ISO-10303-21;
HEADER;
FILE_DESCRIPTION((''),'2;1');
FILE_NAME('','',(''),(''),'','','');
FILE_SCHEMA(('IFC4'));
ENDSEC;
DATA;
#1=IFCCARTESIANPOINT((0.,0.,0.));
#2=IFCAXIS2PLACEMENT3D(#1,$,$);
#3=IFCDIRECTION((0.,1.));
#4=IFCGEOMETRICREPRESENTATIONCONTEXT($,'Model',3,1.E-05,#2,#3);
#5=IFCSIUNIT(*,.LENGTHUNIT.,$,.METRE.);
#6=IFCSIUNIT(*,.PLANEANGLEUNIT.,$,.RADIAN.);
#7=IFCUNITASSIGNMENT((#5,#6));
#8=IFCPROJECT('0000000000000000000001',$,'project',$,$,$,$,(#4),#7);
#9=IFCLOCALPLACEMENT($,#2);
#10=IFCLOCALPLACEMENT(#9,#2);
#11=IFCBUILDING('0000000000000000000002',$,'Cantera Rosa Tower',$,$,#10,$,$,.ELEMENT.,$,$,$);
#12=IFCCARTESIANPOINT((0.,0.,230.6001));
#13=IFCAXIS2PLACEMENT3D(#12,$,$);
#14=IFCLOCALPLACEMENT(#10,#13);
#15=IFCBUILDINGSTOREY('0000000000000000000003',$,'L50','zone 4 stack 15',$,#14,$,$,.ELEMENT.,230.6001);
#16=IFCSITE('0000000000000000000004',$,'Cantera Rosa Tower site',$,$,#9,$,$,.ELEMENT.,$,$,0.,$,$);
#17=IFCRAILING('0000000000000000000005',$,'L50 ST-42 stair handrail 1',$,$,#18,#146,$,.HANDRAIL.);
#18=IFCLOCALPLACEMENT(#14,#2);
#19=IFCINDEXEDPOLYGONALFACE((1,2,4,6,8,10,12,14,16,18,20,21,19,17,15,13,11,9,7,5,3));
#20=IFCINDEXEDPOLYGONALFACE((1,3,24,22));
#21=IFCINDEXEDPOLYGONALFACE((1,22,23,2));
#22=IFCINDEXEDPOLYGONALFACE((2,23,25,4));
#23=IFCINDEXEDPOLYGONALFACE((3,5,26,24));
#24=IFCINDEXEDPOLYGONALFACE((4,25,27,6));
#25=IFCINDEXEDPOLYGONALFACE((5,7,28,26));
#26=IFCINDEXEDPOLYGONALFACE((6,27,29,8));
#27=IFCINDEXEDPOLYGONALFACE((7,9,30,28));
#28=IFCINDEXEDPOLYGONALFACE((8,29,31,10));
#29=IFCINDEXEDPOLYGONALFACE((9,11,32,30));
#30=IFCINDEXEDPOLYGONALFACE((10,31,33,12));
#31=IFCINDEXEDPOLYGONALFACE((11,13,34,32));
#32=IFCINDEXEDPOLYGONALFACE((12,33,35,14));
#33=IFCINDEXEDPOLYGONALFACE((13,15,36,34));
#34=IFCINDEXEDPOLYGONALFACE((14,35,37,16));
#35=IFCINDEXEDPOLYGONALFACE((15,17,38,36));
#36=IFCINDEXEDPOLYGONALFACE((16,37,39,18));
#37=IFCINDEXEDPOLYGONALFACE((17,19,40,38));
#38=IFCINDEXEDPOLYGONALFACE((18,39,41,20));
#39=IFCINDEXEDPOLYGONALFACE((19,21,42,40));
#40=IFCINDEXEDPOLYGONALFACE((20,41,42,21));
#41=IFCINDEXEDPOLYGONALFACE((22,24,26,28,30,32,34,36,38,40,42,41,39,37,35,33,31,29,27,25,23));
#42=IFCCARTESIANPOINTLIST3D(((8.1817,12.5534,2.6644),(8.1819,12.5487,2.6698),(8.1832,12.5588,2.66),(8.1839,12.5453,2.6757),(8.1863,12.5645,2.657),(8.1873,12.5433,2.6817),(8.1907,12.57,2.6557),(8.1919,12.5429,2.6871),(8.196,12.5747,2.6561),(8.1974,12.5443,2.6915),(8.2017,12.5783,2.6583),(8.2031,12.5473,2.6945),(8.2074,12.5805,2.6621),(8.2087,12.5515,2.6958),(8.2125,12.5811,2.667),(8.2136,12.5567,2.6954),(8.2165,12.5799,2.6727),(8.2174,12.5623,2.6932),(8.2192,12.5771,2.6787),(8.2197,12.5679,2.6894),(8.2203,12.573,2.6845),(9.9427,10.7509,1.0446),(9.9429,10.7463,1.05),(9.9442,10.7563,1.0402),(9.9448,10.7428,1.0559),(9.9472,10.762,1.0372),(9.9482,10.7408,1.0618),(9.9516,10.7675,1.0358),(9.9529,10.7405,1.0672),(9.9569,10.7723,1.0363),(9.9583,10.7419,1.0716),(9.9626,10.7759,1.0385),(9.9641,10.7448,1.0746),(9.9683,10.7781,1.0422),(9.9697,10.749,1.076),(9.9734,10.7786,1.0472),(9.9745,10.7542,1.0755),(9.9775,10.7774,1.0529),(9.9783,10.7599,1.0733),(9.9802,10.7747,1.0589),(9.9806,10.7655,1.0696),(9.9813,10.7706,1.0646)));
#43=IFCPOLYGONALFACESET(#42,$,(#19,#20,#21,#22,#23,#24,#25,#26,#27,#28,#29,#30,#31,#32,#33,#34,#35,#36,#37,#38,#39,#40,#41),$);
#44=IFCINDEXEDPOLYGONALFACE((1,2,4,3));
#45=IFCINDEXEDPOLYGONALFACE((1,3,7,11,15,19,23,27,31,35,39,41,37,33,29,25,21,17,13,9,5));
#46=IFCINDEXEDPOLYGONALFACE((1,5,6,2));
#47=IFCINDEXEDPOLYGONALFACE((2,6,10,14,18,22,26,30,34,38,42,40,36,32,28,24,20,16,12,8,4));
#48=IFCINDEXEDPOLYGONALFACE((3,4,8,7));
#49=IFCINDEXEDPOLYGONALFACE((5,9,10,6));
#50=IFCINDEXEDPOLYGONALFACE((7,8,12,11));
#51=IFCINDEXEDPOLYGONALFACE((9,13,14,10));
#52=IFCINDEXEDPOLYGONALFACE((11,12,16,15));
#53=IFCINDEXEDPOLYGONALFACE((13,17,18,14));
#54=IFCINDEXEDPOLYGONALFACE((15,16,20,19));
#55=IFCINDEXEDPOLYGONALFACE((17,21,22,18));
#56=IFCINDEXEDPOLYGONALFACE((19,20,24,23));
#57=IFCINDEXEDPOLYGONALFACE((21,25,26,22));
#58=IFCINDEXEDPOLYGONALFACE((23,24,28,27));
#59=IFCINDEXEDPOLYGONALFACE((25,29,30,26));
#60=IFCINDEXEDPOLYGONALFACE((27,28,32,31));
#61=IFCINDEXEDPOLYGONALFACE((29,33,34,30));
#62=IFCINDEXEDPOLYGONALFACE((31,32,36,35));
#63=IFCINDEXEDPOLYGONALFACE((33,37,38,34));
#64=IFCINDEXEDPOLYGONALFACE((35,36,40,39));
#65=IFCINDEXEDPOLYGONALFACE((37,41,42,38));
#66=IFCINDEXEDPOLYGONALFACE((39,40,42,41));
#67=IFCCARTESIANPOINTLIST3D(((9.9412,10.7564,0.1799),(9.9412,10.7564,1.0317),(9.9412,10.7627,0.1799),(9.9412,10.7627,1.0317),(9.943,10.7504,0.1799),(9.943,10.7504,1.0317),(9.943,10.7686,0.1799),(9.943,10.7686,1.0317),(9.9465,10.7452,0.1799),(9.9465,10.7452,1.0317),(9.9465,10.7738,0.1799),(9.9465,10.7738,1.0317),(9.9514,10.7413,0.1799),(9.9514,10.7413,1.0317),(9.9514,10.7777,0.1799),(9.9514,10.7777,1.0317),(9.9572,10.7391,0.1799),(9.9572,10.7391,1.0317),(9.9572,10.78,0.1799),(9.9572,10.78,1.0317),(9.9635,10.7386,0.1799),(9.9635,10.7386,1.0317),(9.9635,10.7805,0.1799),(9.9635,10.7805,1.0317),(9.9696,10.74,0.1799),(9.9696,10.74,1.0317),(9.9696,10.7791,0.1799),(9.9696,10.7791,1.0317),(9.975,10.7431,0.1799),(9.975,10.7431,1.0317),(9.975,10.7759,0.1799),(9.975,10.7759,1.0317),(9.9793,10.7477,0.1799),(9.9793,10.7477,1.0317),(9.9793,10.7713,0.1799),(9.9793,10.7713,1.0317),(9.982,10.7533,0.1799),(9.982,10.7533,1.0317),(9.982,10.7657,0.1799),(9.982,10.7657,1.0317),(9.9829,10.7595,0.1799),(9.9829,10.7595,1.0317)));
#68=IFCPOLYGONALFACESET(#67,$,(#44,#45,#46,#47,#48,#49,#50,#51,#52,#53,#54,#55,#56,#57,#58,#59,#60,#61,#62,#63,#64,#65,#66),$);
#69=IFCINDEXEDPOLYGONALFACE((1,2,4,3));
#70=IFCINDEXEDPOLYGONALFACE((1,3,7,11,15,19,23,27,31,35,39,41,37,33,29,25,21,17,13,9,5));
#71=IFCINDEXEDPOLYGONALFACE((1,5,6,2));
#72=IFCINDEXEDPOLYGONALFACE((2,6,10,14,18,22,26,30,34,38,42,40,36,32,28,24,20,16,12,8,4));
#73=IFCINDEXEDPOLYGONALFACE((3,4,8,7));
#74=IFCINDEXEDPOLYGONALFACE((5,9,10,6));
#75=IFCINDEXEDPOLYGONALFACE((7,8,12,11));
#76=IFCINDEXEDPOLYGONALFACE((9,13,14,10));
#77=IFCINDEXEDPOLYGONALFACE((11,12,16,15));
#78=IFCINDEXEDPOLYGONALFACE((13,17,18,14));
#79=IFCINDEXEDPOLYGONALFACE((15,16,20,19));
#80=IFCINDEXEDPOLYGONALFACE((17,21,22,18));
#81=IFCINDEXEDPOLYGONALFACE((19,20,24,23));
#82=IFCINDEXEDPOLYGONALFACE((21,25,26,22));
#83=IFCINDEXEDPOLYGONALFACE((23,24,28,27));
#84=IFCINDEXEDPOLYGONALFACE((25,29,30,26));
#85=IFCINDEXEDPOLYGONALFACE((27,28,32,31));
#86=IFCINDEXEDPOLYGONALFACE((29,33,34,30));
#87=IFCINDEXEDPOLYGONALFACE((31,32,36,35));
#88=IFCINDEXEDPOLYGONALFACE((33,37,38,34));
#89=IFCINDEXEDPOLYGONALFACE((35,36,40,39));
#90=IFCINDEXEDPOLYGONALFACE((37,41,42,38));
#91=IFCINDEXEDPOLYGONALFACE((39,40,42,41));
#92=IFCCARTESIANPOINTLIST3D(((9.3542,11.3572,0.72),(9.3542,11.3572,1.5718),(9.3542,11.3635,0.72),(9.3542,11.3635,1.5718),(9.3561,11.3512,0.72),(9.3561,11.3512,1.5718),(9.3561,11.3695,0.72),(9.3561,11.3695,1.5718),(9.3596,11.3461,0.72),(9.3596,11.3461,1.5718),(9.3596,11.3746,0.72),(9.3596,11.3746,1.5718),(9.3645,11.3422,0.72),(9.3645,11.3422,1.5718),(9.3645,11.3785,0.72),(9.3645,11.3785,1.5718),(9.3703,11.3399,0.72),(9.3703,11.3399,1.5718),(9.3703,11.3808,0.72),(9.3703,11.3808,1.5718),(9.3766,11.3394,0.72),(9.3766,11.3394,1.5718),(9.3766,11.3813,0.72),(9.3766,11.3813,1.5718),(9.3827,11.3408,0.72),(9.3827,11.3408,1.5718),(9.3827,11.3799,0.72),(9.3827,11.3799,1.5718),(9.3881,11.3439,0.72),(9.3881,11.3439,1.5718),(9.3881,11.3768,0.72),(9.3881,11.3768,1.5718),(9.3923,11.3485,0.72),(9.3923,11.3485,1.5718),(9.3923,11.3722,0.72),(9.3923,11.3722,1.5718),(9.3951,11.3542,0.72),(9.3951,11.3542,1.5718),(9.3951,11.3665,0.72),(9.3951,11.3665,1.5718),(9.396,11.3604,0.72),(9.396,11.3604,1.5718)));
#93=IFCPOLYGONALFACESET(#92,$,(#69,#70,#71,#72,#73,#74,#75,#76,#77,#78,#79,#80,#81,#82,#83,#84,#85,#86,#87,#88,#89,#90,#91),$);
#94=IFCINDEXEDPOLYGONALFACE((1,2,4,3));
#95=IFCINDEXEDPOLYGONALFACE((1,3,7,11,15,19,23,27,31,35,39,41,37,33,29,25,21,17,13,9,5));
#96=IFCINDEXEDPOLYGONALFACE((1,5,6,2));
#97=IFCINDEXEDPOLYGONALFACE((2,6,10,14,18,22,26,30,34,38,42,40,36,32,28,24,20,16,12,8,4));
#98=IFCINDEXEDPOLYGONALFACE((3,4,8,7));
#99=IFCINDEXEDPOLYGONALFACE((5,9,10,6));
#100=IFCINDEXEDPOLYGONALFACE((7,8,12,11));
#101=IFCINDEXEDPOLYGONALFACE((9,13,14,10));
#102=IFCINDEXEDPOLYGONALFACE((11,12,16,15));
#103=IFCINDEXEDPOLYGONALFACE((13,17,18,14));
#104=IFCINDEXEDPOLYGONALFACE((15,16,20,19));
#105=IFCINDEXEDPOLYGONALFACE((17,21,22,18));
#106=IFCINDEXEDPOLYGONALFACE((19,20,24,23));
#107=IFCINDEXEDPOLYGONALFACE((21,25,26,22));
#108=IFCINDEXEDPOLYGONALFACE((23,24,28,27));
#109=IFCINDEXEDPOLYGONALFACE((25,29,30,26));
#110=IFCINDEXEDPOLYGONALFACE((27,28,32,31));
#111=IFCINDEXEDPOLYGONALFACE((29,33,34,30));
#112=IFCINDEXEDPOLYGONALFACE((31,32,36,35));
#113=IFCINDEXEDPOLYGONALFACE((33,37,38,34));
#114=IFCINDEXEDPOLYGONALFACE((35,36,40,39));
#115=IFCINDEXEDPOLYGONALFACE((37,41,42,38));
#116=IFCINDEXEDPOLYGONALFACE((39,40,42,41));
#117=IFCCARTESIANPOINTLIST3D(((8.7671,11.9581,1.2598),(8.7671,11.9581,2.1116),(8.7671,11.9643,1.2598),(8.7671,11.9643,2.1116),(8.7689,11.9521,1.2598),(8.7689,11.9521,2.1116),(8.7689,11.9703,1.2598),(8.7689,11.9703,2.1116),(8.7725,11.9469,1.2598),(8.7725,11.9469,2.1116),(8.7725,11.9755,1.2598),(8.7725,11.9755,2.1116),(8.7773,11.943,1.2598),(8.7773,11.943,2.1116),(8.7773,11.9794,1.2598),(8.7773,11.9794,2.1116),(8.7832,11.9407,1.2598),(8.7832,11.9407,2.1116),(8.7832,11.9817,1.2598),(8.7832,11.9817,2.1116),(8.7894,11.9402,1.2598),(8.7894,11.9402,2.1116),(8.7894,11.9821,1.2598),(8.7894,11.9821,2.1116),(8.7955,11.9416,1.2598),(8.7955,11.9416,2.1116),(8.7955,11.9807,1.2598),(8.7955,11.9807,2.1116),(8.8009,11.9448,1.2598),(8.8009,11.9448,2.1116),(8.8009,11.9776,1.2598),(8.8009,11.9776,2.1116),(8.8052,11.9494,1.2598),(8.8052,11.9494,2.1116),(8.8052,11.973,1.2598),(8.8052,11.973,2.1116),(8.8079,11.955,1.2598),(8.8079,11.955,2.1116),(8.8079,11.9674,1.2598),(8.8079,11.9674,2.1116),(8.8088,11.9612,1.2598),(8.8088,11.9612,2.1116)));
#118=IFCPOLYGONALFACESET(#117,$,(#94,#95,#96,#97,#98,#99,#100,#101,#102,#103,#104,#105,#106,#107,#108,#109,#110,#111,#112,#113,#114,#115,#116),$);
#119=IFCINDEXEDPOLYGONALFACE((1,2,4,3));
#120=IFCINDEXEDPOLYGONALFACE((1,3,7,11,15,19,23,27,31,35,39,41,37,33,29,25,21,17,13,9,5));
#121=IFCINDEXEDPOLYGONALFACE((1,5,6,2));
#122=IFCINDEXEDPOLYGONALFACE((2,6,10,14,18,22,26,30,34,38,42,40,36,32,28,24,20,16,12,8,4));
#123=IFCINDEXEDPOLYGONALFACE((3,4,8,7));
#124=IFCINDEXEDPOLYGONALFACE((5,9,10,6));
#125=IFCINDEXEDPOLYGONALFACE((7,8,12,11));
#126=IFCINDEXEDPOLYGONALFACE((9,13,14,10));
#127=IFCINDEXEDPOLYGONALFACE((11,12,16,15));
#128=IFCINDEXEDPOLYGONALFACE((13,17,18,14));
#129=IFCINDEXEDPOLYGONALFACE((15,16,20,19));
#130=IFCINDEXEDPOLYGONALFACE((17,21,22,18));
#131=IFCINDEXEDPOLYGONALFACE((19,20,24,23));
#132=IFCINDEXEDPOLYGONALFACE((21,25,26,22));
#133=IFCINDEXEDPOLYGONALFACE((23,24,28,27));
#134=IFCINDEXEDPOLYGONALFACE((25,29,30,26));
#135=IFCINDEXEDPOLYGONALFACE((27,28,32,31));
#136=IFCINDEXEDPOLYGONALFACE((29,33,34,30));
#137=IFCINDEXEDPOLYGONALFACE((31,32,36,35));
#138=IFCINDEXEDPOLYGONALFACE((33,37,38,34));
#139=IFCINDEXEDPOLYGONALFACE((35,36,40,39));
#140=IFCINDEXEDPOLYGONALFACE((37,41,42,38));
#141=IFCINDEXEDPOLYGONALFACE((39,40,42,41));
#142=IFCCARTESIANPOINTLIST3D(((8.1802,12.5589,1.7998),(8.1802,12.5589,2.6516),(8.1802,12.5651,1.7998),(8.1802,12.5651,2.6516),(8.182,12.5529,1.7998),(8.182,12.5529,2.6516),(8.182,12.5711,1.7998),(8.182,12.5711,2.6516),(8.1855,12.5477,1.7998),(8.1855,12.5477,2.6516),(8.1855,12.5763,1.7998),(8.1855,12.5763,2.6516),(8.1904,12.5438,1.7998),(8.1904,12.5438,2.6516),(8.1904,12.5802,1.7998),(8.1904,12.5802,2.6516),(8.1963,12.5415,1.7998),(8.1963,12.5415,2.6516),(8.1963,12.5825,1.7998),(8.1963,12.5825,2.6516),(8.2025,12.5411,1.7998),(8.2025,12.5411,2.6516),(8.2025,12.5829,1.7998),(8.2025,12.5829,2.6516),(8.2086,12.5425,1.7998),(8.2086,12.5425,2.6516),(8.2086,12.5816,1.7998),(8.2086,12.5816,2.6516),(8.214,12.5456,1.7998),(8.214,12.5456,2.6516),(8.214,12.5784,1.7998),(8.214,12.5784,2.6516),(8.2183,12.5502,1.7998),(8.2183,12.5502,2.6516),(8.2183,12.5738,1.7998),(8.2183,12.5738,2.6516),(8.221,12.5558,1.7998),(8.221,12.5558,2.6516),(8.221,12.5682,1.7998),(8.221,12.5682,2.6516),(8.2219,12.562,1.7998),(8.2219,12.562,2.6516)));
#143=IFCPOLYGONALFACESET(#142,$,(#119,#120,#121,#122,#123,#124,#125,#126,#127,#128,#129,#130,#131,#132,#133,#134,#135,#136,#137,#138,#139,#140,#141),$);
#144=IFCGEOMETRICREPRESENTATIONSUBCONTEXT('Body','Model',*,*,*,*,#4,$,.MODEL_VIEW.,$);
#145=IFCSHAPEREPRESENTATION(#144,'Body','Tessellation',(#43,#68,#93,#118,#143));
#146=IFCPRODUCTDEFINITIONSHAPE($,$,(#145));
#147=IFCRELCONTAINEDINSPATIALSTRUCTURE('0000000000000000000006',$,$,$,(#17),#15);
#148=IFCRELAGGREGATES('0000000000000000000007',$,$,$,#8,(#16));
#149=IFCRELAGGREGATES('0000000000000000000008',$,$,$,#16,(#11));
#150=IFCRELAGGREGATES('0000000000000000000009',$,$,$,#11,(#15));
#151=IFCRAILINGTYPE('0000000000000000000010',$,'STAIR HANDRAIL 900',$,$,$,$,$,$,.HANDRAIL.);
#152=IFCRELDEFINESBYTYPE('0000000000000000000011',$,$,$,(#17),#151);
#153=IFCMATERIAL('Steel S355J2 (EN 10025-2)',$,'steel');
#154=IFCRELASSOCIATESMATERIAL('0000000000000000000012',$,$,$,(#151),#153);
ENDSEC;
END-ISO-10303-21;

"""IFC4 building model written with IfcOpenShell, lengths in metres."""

from ifc_helpers import new_model, si_unit, direction, frame, origin, origin_2d, place, context, subcontext, project, spatial, circle, extrude, material, type_object, element, save


model = new_model("IFC4")

# Units and contexts
model_context = context("Model", 3, precision=1e-05, world=origin(), true_north=direction((0.0, 1.0)))
body_context = subcontext(model_context, "Body", "Model", "MODEL_VIEW")
ifc_project = project(units=[si_unit("LENGTHUNIT", "METRE"), si_unit("PLANEANGLEUNIT", "RADIAN")], contexts=[model_context])

# Site, building, storey
site_placement = place(None, origin())
site = spatial("IfcSite", under=ifc_project, at=site_placement, Name="Cantera Rosa Tower site", CompositionType="ELEMENT", RefElevation=0.0)
building_placement = place(site_placement, origin())
building = spatial("IfcBuilding", under=site, at=building_placement, Name="Cantera Rosa Tower", CompositionType="ELEMENT")
storey_placement = place(building_placement, frame((0.0, 0.0, 230.6001)))
storey = spatial("IfcBuildingStorey", under=building, at=storey_placement, Name="L50", Description="zone 4 stack 15", CompositionType="ELEMENT", Elevation=230.6001)

# Railing
ifc_material_1 = material(Name="Steel S355J2 (EN 10025-2)", Category="steel")
railing_type_1 = type_object("IfcRailingType", Name="STAIR HANDRAIL 900", PredefinedType="HANDRAIL", material=ifc_material_1)
railing_1_placement = place(storey_placement, frame((9.9619, 10.7595, 0.1799)))
element("IfcRailing", 1, at=railing_1_placement, inside=storey, type_object=railing_type_1, Name="L50 ST-42 stair handrail 1", PredefinedType="HANDRAIL", context=body_context, shape_type="SweptSolid", body=[
    extrude(circle(Radius=0.0239, at=origin_2d()), frame((0.0, 0.0, 0.876), z_axis=(-0.587844, 0.601699, 0.540738), x_axis=(-0.715294, -0.698824, 0.0)), (0.0, 0.0, 1.0), 2.9956),
    extrude(circle(Radius=0.021, at=origin_2d()), origin(), (0.0, 0.0, 1.0), 0.8518),
    extrude(circle(Radius=0.021, at=origin_2d()), frame((-0.5869, 0.6008, 0.54)), (0.0, 0.0, 1.0), 0.8518),
    extrude(circle(Radius=0.021, at=origin_2d()), frame((-1.1741, 1.2017, 1.0798)), (0.0, 0.0, 1.0), 0.8518),
    extrude(circle(Radius=0.021, at=origin_2d()), frame((-1.761, 1.8025, 1.6199)), (0.0, 0.0, 1.0), 0.8518),
])

save(model, "model.ifc")
